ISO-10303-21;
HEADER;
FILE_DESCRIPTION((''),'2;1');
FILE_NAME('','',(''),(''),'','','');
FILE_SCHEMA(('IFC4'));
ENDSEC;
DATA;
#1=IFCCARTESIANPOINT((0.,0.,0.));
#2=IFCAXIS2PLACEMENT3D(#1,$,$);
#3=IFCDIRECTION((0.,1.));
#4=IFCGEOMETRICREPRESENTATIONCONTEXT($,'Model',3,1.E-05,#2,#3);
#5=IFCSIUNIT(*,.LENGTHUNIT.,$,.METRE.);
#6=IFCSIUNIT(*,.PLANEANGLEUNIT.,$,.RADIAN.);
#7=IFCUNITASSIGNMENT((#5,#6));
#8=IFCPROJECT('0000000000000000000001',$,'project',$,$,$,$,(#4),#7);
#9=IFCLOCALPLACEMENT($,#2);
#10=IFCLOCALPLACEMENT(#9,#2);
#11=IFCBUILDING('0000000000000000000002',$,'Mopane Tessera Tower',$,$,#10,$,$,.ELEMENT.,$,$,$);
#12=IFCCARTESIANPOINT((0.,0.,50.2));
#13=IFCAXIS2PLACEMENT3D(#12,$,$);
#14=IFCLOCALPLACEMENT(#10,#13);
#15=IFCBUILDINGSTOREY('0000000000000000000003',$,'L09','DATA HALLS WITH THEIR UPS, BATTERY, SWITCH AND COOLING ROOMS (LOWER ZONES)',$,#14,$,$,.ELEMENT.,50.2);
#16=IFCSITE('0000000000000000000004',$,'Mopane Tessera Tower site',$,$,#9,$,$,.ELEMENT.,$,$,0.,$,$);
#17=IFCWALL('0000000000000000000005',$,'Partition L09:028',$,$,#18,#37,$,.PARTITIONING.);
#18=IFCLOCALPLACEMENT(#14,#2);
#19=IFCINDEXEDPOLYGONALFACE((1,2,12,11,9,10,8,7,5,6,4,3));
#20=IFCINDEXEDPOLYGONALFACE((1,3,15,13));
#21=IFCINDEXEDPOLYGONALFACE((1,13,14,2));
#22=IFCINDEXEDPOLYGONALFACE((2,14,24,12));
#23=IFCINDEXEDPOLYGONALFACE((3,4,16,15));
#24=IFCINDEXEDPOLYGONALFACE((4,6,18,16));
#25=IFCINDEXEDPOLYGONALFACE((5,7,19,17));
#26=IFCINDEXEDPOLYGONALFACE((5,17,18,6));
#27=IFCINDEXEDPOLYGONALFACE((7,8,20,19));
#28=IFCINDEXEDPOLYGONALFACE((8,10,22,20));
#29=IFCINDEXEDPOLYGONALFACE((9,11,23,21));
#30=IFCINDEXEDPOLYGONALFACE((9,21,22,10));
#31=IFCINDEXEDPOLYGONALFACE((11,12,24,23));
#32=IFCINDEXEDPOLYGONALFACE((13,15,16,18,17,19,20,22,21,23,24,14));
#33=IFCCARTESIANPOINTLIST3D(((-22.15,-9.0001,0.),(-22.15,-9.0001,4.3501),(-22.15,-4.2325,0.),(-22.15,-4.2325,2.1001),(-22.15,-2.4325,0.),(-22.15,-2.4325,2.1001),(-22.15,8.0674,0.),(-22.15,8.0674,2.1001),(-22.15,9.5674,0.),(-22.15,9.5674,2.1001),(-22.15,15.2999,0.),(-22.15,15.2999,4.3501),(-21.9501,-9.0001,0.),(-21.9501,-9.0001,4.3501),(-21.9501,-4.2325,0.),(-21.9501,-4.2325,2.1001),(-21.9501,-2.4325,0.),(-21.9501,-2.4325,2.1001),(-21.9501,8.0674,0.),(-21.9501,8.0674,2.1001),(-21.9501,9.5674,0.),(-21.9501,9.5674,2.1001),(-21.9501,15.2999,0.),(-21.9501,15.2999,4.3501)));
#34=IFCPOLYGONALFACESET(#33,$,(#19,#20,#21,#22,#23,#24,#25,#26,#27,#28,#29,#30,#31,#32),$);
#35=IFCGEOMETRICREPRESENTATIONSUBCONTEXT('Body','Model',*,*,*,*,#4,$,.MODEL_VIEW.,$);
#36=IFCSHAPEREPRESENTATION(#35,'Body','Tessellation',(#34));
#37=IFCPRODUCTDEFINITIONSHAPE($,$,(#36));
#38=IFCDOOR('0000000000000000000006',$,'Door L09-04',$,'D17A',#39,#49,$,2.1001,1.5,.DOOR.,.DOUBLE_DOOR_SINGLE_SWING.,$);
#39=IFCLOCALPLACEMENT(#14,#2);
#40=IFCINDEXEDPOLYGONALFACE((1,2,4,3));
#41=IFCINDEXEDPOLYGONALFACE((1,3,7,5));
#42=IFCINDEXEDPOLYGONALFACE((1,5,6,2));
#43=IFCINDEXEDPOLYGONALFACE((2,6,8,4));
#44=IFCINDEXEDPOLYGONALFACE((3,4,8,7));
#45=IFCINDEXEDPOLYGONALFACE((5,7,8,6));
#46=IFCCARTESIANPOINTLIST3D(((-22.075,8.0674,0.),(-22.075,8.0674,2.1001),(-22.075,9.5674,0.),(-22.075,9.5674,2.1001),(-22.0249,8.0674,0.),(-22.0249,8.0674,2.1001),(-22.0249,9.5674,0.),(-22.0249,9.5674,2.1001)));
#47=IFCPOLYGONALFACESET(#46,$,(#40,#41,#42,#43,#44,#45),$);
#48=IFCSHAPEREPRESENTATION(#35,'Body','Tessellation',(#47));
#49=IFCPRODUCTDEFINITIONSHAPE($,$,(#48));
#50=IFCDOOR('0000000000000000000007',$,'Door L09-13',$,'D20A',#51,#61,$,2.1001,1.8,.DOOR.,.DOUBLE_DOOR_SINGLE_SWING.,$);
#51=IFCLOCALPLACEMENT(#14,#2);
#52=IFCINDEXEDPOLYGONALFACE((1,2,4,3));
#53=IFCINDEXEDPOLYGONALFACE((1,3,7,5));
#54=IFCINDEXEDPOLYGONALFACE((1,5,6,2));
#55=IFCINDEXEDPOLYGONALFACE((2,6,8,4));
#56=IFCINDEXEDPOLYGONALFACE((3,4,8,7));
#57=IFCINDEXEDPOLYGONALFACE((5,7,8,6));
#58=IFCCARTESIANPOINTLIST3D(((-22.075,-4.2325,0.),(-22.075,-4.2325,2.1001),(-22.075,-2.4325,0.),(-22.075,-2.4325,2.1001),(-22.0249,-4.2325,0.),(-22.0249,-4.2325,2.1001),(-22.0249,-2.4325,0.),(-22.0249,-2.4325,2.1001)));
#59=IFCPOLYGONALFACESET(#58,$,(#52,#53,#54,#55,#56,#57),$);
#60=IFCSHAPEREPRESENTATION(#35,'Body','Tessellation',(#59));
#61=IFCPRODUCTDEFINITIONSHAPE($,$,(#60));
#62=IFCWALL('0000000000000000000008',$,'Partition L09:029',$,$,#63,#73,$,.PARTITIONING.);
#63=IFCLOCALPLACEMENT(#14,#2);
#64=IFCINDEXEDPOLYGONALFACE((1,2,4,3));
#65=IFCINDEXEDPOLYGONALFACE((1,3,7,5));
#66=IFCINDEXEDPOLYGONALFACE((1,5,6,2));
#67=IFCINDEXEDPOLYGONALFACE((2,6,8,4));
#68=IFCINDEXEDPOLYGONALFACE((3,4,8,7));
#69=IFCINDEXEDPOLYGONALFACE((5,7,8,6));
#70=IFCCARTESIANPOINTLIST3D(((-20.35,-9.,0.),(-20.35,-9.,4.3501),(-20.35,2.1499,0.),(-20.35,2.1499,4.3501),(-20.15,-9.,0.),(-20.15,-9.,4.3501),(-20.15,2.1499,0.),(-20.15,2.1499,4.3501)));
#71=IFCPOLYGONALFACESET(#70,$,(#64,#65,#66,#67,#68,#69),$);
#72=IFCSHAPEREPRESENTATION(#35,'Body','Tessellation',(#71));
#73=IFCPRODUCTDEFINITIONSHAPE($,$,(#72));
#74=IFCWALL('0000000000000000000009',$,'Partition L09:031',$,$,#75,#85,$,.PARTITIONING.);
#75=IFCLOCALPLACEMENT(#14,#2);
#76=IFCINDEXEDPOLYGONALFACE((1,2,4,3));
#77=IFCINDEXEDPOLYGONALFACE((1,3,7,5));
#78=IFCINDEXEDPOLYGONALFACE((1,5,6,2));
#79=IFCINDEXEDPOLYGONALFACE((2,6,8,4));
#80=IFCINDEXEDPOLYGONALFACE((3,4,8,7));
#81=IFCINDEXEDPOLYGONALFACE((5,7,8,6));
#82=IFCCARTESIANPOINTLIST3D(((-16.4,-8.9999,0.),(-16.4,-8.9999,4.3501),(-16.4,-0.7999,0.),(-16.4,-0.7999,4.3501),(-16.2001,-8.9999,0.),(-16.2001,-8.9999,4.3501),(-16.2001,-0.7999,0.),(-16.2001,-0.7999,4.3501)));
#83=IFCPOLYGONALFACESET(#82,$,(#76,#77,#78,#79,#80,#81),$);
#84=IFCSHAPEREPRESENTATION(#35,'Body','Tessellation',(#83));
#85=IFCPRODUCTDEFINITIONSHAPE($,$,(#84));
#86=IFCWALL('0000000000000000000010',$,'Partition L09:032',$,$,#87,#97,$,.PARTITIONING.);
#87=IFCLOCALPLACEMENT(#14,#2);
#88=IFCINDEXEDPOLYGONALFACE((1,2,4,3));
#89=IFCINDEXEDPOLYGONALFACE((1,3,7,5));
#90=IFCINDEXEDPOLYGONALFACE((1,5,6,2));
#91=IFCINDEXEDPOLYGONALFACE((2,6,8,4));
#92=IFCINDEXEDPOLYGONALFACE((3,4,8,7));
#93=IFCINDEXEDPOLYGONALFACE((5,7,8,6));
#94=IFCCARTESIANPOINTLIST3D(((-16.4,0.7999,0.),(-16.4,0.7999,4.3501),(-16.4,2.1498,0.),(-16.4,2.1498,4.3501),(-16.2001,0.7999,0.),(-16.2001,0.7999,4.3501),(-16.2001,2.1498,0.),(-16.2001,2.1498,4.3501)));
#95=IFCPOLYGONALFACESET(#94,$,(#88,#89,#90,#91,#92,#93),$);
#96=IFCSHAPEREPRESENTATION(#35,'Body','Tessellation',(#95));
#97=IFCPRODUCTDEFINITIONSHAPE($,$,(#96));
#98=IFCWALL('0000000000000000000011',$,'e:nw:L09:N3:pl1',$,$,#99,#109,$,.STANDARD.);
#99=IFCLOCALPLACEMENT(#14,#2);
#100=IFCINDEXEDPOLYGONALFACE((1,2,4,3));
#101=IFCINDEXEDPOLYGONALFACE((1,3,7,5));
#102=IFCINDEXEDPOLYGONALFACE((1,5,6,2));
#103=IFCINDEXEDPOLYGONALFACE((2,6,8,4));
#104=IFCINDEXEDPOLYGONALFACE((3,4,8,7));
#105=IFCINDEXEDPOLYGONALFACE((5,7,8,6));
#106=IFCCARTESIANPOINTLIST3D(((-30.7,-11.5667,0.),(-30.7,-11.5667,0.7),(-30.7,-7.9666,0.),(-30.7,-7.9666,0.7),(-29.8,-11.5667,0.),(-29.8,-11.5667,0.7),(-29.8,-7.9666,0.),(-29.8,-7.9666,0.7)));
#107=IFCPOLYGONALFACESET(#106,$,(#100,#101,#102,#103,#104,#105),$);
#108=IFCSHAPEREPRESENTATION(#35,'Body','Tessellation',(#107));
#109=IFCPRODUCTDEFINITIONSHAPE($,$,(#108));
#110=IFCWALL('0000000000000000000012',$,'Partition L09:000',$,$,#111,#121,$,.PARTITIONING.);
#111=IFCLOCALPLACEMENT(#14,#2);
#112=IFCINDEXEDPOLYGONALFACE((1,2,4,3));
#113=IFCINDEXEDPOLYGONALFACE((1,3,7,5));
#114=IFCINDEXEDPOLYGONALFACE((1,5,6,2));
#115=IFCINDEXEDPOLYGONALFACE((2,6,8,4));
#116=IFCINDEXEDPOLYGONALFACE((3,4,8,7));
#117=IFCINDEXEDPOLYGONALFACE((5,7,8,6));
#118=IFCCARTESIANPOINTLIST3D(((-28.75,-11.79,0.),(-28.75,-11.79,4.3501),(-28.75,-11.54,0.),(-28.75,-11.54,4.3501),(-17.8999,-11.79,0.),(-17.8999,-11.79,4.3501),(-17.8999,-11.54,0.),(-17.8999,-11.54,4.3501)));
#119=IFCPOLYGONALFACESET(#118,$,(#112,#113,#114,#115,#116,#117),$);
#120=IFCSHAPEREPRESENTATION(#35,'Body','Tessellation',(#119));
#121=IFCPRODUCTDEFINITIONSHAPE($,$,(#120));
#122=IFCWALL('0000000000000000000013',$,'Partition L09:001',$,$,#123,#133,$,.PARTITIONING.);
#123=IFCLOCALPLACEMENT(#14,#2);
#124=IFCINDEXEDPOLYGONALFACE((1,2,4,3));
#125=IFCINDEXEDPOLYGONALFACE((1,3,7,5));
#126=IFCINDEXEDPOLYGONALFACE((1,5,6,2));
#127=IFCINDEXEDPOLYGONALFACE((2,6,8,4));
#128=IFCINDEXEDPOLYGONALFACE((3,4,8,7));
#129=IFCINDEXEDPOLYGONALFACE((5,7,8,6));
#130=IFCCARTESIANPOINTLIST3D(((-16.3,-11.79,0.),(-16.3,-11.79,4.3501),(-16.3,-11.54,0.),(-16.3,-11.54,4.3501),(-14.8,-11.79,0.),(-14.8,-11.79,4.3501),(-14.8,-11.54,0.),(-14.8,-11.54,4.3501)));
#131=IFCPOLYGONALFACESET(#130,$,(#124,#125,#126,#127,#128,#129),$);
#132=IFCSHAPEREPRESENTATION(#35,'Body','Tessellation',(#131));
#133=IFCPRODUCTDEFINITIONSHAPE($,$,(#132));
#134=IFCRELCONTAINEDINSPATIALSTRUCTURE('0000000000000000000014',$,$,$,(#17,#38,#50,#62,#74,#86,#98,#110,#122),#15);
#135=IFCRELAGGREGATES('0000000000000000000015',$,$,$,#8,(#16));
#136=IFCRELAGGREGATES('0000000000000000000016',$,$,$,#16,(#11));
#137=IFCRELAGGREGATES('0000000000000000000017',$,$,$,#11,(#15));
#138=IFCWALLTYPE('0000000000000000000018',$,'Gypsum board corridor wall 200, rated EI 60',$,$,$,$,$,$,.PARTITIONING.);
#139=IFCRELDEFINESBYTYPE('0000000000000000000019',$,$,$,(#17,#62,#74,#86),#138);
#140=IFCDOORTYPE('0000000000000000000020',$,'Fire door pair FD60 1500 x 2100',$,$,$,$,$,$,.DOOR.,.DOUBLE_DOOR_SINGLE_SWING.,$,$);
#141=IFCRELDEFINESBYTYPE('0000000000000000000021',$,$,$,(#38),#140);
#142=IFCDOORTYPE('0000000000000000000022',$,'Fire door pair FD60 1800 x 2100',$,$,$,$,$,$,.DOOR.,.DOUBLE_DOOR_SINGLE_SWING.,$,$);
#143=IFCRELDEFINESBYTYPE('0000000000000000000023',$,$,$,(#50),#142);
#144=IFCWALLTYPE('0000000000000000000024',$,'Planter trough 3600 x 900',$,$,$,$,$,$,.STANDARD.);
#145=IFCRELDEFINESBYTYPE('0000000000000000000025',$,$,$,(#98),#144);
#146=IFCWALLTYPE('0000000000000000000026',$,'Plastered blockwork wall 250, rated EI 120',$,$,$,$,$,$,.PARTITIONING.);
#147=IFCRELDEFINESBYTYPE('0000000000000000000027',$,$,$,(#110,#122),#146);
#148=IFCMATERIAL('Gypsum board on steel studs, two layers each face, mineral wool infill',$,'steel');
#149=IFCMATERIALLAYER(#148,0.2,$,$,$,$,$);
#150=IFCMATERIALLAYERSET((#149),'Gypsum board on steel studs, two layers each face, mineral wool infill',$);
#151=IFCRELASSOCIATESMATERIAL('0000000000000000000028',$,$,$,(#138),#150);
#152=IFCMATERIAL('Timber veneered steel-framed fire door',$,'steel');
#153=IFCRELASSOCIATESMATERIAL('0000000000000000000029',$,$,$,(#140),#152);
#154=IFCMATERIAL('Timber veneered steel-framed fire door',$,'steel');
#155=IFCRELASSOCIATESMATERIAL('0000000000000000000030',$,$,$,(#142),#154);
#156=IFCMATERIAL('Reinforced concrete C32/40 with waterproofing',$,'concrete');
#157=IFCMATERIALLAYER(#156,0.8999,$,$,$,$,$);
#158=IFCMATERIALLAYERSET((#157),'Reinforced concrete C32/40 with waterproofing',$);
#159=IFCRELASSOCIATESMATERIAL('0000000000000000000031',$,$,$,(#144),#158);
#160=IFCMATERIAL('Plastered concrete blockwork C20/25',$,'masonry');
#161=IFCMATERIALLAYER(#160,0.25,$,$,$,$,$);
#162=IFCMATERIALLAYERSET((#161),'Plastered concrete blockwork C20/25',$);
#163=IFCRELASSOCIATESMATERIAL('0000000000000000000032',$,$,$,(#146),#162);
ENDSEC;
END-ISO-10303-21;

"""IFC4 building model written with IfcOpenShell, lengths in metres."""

from ifc_helpers import new_model, si_unit, direction, frame, frame_2d, origin, place, context, subcontext, project, spatial, rectangle, extrude, material, layer, layer_set, type_object, element, fill, save


model = new_model("IFC4")

# Units and contexts
model_context = context("Model", 3, precision=1e-05, world=origin(), true_north=direction((0.0, 1.0)))
body_context = subcontext(model_context, "Body", "Model", "MODEL_VIEW")
ifc_project = project(units=[si_unit("LENGTHUNIT", "METRE"), si_unit("PLANEANGLEUNIT", "RADIAN")], contexts=[model_context])

# Site, building, storey
site_placement = place(None, origin())
site = spatial("IfcSite", under=ifc_project, at=site_placement, Name="Mopane Tessera Tower site", CompositionType="ELEMENT", RefElevation=0.0)
building_placement = place(site_placement, origin())
building = spatial("IfcBuilding", under=site, at=building_placement, Name="Mopane Tessera Tower", CompositionType="ELEMENT")
storey_placement = place(building_placement, frame((0.0, 0.0, 50.2)))
storey = spatial("IfcBuildingStorey", under=building, at=storey_placement, Name="L09", Description="DATA HALLS WITH THEIR UPS, BATTERY, SWITCH AND COOLING ROOMS (LOWER ZONES)", CompositionType="ELEMENT", Elevation=50.2)

# Shared definitions
ifc_material_1 = material(Name="Gypsum board on steel studs, two layers each face, mineral wool infill", Category="steel")
ifc_layer_1 = layer(ifc_material_1, 0.2)
ifc_layer_set_1 = layer_set([ifc_layer_1], Name="Gypsum board on steel studs, two layers each face, mineral wool infill")
wall_type_1 = type_object("IfcWallType", Name="Gypsum board corridor wall 200, rated EI 60", PredefinedType="PARTITIONING", material=ifc_layer_set_1)

# Wall, openings, doors
wall_1_placement = place(storey_placement, frame((-22.05, -9.0, 0.0), z_axis=(0.0, 0.0, 1.0), x_axis=(0.0, 1.0, 0.0)))
wall_1 = element("IfcWall", 1, at=wall_1_placement, inside=storey, type_object=wall_type_1, Name="Partition L09:028", PredefinedType="PARTITIONING", context=body_context, shape_type="SweptSolid", body=[
    extrude(rectangle(XDim=24.3, YDim=0.2, at=frame_2d((12.1499, 0.0))), origin(), (0.0, 0.0, 1.0), 4.3501),
])
opening_1_placement = place(wall_1_placement, frame((17.0674, 0.0, 0.0)))
opening_1 = element("IfcOpeningElement", 2, at=opening_1_placement, cuts=wall_1, PredefinedType="OPENING", context=body_context, shape_type="SweptSolid", body=[
    extrude(rectangle(XDim=1.5, YDim=2.1001, at=frame_2d((0.75, 1.05))), frame((0.0, 0.1121, 0.0), z_axis=(0.0, -1.0, 0.0), x_axis=(1.0, 0.0, 0.0)), (0.0, 0.0, 1.0), 0.2239),
])
opening_2_placement = place(wall_1_placement, frame((4.7676, 0.0, 0.0)))
opening_2 = element("IfcOpeningElement", 3, at=opening_2_placement, cuts=wall_1, PredefinedType="OPENING", context=body_context, shape_type="SweptSolid", body=[
    extrude(rectangle(XDim=1.8, YDim=2.1001, at=frame_2d((0.8999, 1.05))), frame((0.0, 0.1121, 0.0), z_axis=(0.0, -1.0, 0.0), x_axis=(1.0, 0.0, 0.0)), (0.0, 0.0, 1.0), 0.2239),
])
ifc_material_2 = material(Name="Timber veneered steel-framed fire door", Category="steel")
door_type_1 = type_object("IfcDoorType", Name="Fire door pair FD60 1500 x 2100", OperationType="DOUBLE_DOOR_SINGLE_SWING", PredefinedType="DOOR", material=ifc_material_2)
door_1_placement = place(opening_1_placement, origin())
door_1 = element("IfcDoor", 4, at=door_1_placement, inside=storey, type_object=door_type_1, Name="Door L09-04", ObjectType="D17A", OperationType="DOUBLE_DOOR_SINGLE_SWING", OverallHeight=2.1001, OverallWidth=1.5, PredefinedType="DOOR", context=body_context, shape_type="SweptSolid", body=[
    extrude(rectangle(XDim=1.5, YDim=2.1001, at=frame_2d((0.75, 1.05))), frame((0.0, 0.0249, 0.0), z_axis=(0.0, -1.0, 0.0), x_axis=(1.0, 0.0, 0.0)), (0.0, 0.0, 1.0), 0.05),
])
fill(opening_1, door_1)
ifc_material_3 = material(Name="Timber veneered steel-framed fire door", Category="steel")
door_type_2 = type_object("IfcDoorType", Name="Fire door pair FD60 1800 x 2100", OperationType="DOUBLE_DOOR_SINGLE_SWING", PredefinedType="DOOR", material=ifc_material_3)
door_2_placement = place(opening_2_placement, origin())
door_2 = element("IfcDoor", 5, at=door_2_placement, inside=storey, type_object=door_type_2, Name="Door L09-13", ObjectType="D20A", OperationType="DOUBLE_DOOR_SINGLE_SWING", OverallHeight=2.1001, OverallWidth=1.8, PredefinedType="DOOR", context=body_context, shape_type="SweptSolid", body=[
    extrude(rectangle(XDim=1.8, YDim=2.1001, at=frame_2d((0.8999, 1.05))), frame((0.0, 0.0249, 0.0), z_axis=(0.0, -1.0, 0.0), x_axis=(1.0, 0.0, 0.0)), (0.0, 0.0, 1.0), 0.05),
])
fill(opening_2, door_2)

# Walls
wall_2_placement = place(storey_placement, frame((-20.25, -9.0, 0.0), z_axis=(0.0, 0.0, 1.0), x_axis=(0.0, 1.0, 0.0)))
element("IfcWall", 6, at=wall_2_placement, inside=storey, type_object=wall_type_1, Name="Partition L09:029", PredefinedType="PARTITIONING", context=body_context, shape_type="SweptSolid", body=[
    extrude(rectangle(XDim=11.1499, YDim=0.2, at=frame_2d((5.575, 0.0))), origin(), (0.0, 0.0, 1.0), 4.3501),
])
wall_3_placement = place(storey_placement, frame((-16.3, -9.0, 0.0), z_axis=(0.0, 0.0, 1.0), x_axis=(0.0, 1.0, 0.0)))
element("IfcWall", 7, at=wall_3_placement, inside=storey, type_object=wall_type_1, Name="Partition L09:031", PredefinedType="PARTITIONING", context=body_context, shape_type="SweptSolid", body=[
    extrude(rectangle(XDim=8.2, YDim=0.2, at=frame_2d((4.1001, 0.0))), origin(), (0.0, 0.0, 1.0), 4.3501),
])
wall_4_placement = place(storey_placement, frame((-16.3, 0.8, 0.0), z_axis=(0.0, 0.0, 1.0), x_axis=(0.0, 1.0, 0.0)))
element("IfcWall", 8, at=wall_4_placement, inside=storey, type_object=wall_type_1, Name="Partition L09:032", PredefinedType="PARTITIONING", context=body_context, shape_type="SweptSolid", body=[
    extrude(rectangle(XDim=1.3499, YDim=0.2, at=frame_2d((0.6748, 0.0))), origin(), (0.0, 0.0, 1.0), 4.3501),
])
ifc_material_4 = material(Name="Reinforced concrete C32/40 with waterproofing", Category="concrete")
ifc_layer_2 = layer(ifc_material_4, 0.8999)
ifc_layer_set_2 = layer_set([ifc_layer_2], Name="Reinforced concrete C32/40 with waterproofing")
wall_type_2 = type_object("IfcWallType", Name="Planter trough 3600 x 900", PredefinedType="STANDARD", material=ifc_layer_set_2)
wall_5_placement = place(storey_placement, frame((-30.25, -7.9666, 0.0), z_axis=(0.0, 0.0, 1.0), x_axis=(0.0, -1.0, 0.0)))
element("IfcWall", 9, at=wall_5_placement, inside=storey, type_object=wall_type_2, Name="e:nw:L09:N3:pl1", PredefinedType="STANDARD", context=body_context, shape_type="SweptSolid", body=[
    extrude(rectangle(XDim=3.6001, YDim=0.8999, at=frame_2d((1.8, 0.0))), origin(), (0.0, 0.0, 1.0), 0.7),
])
ifc_material_5 = material(Name="Plastered concrete blockwork C20/25", Category="masonry")
ifc_layer_3 = layer(ifc_material_5, 0.25)
ifc_layer_set_3 = layer_set([ifc_layer_3], Name="Plastered concrete blockwork C20/25")
wall_type_3 = type_object("IfcWallType", Name="Plastered blockwork wall 250, rated EI 120", PredefinedType="PARTITIONING", material=ifc_layer_set_3)
wall_6_placement = place(storey_placement, frame((-28.75, -11.665, 0.0), z_axis=(0.0, 0.0, 1.0), x_axis=(1.0, 0.0, 0.0)))
element("IfcWall", 10, at=wall_6_placement, inside=storey, type_object=wall_type_3, Name="Partition L09:000", PredefinedType="PARTITIONING", context=body_context, shape_type="SweptSolid", body=[
    extrude(rectangle(XDim=10.8501, YDim=0.25, at=frame_2d((5.425, 0.0))), origin(), (0.0, 0.0, 1.0), 4.3501),
])
wall_7_placement = place(storey_placement, frame((-16.3, -11.665, 0.0), z_axis=(0.0, 0.0, 1.0), x_axis=(1.0, 0.0, 0.0)))
element("IfcWall", 11, at=wall_7_placement, inside=storey, type_object=wall_type_3, Name="Partition L09:001", PredefinedType="PARTITIONING", context=body_context, shape_type="SweptSolid", body=[
    extrude(rectangle(XDim=1.5, YDim=0.25, at=frame_2d((0.75, 0.0))), origin(), (0.0, 0.0, 1.0), 4.3501),
])

save(model, "model.ifc")
